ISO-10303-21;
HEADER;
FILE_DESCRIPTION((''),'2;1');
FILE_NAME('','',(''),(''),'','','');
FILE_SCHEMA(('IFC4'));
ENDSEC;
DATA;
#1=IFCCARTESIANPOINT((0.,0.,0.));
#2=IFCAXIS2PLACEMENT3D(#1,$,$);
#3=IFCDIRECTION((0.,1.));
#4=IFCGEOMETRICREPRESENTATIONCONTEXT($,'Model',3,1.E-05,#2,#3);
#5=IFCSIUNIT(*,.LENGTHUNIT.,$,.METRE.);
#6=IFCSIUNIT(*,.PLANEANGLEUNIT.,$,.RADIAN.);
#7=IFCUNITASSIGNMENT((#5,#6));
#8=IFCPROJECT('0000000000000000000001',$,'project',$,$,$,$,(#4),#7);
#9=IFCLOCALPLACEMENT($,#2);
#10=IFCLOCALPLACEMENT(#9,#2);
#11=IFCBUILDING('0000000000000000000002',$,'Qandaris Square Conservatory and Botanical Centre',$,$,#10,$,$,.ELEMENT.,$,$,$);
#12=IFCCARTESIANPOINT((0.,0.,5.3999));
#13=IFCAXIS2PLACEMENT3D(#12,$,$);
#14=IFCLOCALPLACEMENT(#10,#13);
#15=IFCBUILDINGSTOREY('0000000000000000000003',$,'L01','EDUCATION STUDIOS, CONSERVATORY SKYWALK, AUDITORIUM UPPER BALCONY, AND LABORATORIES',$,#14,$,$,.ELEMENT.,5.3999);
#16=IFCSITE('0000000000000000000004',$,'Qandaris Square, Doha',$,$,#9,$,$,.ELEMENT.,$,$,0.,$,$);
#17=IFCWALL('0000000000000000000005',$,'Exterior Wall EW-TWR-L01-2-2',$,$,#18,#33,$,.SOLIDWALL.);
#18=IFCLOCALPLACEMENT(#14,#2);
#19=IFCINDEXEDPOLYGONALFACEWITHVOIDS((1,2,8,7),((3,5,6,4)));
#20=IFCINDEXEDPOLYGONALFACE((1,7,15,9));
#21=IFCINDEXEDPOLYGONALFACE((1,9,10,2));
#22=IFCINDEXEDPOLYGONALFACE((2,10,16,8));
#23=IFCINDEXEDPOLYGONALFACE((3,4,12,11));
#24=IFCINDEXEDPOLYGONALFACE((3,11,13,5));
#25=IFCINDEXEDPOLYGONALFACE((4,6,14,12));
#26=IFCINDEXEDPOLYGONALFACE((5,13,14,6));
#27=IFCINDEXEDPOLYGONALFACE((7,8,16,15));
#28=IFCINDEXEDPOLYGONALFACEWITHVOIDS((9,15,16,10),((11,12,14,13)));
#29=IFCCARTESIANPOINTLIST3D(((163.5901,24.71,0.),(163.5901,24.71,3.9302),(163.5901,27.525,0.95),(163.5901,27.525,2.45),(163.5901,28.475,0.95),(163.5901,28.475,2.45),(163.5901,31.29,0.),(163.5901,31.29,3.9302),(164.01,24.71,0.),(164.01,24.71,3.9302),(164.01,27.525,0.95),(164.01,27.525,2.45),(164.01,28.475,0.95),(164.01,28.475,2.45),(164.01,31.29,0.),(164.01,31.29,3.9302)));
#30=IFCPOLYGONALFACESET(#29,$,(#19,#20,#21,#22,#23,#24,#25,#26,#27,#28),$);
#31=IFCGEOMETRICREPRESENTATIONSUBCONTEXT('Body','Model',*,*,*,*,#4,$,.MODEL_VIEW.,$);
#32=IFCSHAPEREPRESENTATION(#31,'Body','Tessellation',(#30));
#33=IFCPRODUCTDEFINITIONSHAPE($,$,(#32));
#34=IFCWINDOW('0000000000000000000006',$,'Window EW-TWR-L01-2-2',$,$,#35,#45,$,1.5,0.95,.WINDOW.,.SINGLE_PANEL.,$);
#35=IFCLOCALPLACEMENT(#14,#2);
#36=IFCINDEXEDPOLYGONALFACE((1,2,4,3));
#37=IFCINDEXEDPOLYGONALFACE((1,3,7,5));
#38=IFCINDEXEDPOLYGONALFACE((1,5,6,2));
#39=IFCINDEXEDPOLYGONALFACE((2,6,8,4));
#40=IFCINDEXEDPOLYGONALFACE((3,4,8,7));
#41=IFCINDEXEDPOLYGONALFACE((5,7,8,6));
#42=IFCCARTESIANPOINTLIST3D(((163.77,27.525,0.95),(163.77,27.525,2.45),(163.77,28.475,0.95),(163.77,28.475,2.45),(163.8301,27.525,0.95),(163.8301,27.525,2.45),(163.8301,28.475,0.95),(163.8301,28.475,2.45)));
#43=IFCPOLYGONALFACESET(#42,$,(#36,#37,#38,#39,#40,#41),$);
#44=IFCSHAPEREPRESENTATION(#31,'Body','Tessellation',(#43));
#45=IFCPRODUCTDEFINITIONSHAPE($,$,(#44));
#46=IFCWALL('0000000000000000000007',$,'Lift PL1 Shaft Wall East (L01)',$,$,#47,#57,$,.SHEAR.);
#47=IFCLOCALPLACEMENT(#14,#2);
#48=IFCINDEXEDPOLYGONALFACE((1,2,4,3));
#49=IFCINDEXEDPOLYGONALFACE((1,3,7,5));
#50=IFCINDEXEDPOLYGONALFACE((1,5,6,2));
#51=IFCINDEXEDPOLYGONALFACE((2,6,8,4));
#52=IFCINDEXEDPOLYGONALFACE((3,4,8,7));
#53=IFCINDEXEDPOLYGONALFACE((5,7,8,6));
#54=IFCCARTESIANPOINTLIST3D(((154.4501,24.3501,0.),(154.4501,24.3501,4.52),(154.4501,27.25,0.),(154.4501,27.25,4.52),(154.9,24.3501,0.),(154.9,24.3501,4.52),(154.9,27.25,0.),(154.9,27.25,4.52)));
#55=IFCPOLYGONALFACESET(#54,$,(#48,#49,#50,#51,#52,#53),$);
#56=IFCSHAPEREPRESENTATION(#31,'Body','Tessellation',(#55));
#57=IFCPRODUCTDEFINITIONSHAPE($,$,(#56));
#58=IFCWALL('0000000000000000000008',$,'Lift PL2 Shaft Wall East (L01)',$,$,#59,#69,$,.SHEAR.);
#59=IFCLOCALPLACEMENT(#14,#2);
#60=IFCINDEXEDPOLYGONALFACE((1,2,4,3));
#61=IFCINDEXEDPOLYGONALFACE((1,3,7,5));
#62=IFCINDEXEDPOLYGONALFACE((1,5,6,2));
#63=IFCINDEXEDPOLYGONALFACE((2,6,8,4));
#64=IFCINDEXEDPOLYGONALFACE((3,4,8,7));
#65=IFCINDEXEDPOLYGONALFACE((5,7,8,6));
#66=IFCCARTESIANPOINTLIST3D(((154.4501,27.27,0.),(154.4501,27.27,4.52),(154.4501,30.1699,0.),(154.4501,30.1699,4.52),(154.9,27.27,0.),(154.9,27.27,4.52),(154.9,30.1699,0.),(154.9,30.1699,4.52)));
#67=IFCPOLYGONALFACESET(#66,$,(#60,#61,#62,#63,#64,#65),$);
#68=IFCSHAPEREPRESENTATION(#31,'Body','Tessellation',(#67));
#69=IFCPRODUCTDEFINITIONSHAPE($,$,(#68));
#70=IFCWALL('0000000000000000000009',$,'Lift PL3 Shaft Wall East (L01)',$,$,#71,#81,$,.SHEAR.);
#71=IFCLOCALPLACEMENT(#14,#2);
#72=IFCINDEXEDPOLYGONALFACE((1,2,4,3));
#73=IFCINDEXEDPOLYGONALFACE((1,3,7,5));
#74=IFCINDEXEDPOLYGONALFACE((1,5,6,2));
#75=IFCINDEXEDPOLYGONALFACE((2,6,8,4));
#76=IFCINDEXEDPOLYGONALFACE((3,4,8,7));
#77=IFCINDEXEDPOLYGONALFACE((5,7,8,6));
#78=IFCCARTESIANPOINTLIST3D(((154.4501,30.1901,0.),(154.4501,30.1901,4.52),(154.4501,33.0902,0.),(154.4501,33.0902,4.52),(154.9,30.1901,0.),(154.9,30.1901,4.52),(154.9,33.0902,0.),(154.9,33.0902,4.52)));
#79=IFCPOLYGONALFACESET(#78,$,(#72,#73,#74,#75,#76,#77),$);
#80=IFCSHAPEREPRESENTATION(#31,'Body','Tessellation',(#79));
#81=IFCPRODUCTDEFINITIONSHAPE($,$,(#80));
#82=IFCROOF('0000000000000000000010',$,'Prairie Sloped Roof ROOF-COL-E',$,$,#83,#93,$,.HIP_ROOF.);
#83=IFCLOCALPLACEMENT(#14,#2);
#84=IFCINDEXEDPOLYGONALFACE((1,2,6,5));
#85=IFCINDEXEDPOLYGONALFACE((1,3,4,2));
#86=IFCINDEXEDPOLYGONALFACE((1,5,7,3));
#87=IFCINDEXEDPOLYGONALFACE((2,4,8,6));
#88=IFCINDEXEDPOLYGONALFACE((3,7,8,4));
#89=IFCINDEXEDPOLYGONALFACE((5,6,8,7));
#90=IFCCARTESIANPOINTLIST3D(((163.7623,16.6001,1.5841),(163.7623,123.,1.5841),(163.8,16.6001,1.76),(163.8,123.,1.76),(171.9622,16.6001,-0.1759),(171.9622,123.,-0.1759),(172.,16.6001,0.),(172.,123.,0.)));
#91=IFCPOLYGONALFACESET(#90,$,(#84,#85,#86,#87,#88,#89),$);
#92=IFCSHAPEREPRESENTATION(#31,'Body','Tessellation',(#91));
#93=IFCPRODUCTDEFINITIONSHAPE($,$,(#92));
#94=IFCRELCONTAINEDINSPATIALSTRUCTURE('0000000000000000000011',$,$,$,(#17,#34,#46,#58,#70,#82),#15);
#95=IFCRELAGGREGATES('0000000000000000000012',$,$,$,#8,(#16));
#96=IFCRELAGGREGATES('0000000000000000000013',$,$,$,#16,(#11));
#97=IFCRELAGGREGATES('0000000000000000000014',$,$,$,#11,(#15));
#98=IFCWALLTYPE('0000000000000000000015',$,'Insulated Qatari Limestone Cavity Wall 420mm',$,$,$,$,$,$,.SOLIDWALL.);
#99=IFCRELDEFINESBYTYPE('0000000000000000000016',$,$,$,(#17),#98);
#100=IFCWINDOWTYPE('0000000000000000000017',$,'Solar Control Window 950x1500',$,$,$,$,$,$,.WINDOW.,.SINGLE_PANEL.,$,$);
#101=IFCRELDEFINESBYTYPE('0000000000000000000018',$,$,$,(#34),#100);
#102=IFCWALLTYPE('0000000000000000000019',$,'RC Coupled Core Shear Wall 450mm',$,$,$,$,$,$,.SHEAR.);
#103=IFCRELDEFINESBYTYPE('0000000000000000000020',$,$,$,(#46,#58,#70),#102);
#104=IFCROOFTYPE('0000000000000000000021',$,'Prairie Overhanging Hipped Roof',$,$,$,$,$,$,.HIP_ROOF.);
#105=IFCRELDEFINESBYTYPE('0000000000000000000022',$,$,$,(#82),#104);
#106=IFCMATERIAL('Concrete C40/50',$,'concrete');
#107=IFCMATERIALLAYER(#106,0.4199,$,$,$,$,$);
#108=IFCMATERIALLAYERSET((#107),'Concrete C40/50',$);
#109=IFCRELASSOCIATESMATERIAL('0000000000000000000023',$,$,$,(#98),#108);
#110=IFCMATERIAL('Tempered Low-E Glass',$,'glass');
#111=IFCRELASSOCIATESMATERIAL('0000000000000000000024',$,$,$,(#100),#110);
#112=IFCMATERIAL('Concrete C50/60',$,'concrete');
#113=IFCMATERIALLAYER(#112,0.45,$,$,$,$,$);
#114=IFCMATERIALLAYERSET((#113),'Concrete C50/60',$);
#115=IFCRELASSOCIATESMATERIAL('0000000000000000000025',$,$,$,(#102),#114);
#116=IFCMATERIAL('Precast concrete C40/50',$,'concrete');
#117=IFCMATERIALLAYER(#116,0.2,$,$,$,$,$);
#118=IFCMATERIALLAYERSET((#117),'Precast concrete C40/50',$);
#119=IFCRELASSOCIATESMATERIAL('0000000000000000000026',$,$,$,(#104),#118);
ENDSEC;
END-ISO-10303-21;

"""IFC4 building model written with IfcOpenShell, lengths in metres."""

from ifc_helpers import new_model, si_unit, direction, frame, frame_2d, origin, place, context, subcontext, project, spatial, polyline, rectangle, outline, extrude, material, layer, layer_set, type_object, element, fill, save


model = new_model("IFC4")

# Units and contexts
model_context = context("Model", 3, precision=1e-05, world=origin(), true_north=direction((0.0, 1.0)))
body_context = subcontext(model_context, "Body", "Model", "MODEL_VIEW")
ifc_project = project(units=[si_unit("LENGTHUNIT", "METRE"), si_unit("PLANEANGLEUNIT", "RADIAN")], contexts=[model_context])

# Site, building, storey
site_placement = place(None, origin())
site = spatial("IfcSite", under=ifc_project, at=site_placement, Name="Qandaris Square, Doha", CompositionType="ELEMENT", RefElevation=0.0)
building_placement = place(site_placement, origin())
building = spatial("IfcBuilding", under=site, at=building_placement, Name="Qandaris Square Conservatory and Botanical Centre", CompositionType="ELEMENT")
storey_placement = place(building_placement, frame((0.0, 0.0, 5.3999)))
storey = spatial("IfcBuildingStorey", under=building, at=storey_placement, Name="L01", Description="EDUCATION STUDIOS, CONSERVATORY SKYWALK, AUDITORIUM UPPER BALCONY, AND LABORATORIES", CompositionType="ELEMENT", Elevation=5.3999)

# Shared definitions
ifc_material_1 = material(Name="Concrete C50/60", Category="concrete")

# Shared definitions
ifc_material_2 = material(Name="Precast concrete C40/50", Category="concrete")

# Wall, opening, window
ifc_material_3 = material(Name="Concrete C40/50", Category="concrete")
ifc_layer_1 = layer(ifc_material_3, 0.4199)
ifc_layer_set_1 = layer_set([ifc_layer_1], Name="Concrete C40/50")
wall_type_1 = type_object("IfcWallType", Name="Insulated Qatari Limestone Cavity Wall 420mm", PredefinedType="SOLIDWALL", material=ifc_layer_set_1)
ifc_material_4 = material(Name="Tempered Low-E Glass", Category="glass")
wall_1_placement = place(storey_placement, frame((163.8, 24.71, 0.0), z_axis=(0.0, 0.0, 1.0), x_axis=(0.0, 1.0, 0.0)))
wall_1 = element("IfcWall", 1, at=wall_1_placement, inside=storey, type_object=wall_type_1, Name="Exterior Wall EW-TWR-L01-2-2", PredefinedType="SOLIDWALL", context=body_context, shape_type="SweptSolid", body=[
    extrude(rectangle(XDim=6.5801, YDim=0.4199, at=frame_2d((3.29, 0.0))), origin(), (0.0, 0.0, 1.0), 3.9302),
])
opening_1_placement = place(wall_1_placement, frame((2.8149, 0.0, 0.95)))
opening_1 = element("IfcOpeningElement", 2, at=opening_1_placement, cuts=wall_1, PredefinedType="OPENING", context=body_context, shape_type="SweptSolid", body=[
    extrude(rectangle(XDim=0.95, YDim=1.5, at=frame_2d((0.4751, 0.75))), frame((0.0, 0.2219, 0.0), z_axis=(0.0, -1.0, 0.0), x_axis=(1.0, 0.0, 0.0)), (0.0, 0.0, 1.0), 0.4438),
])
window_type_1 = type_object("IfcWindowType", Name="Solar Control Window 950x1500", PartitioningType="SINGLE_PANEL", PredefinedType="WINDOW", material=ifc_material_4)
window_1_placement = place(opening_1_placement, origin())
window_1 = element("IfcWindow", 3, at=window_1_placement, inside=storey, type_object=window_type_1, Name="Window EW-TWR-L01-2-2", OverallHeight=1.5, OverallWidth=0.95, PartitioningType="SINGLE_PANEL", PredefinedType="WINDOW", context=body_context, shape_type="SweptSolid", body=[
    extrude(rectangle(XDim=0.95, YDim=1.5, at=frame_2d((0.4751, 0.75))), frame((0.0, 0.03, 0.0), z_axis=(0.0, -1.0, 0.0), x_axis=(1.0, 0.0, 0.0)), (0.0, 0.0, 1.0), 0.0601),
])
fill(opening_1, window_1)

# Walls
ifc_layer_2 = layer(ifc_material_1, 0.45)
ifc_layer_set_2 = layer_set([ifc_layer_2], Name="Concrete C50/60")
wall_type_2 = type_object("IfcWallType", Name="RC Coupled Core Shear Wall 450mm", PredefinedType="SHEAR", material=ifc_layer_set_2)
for number, where, z_axis, x_axis, name in (
    (4, (154.675, 24.3501, 0.0), (0.0, 0.0, 1.0), (0.0, 1.0, 0.0), "Lift PL1 Shaft Wall East (L01)"),
    (5, (154.675, 27.27, 0.0), (0.0, 0.0, 1.0), (0.0, 1.0, 0.0), "Lift PL2 Shaft Wall East (L01)"),
):
    element("IfcWall", number, at=place(storey_placement, frame(where, z_axis=z_axis, x_axis=x_axis)), inside=storey, type_object=wall_type_2, Name=name, PredefinedType="SHEAR", context=body_context, shape_type="SweptSolid", body=[
        extrude(rectangle(XDim=2.8999, YDim=0.45, at=frame_2d((1.45, 0.0))), origin(), (0.0, 0.0, 1.0), 4.52),
    ])
wall_2_placement = place(storey_placement, frame((154.675, 30.1899, 0.0), z_axis=(0.0, 0.0, 1.0), x_axis=(0.0, 1.0, 0.0)))
element("IfcWall", 6, at=wall_2_placement, inside=storey, type_object=wall_type_2, Name="Lift PL3 Shaft Wall East (L01)", PredefinedType="SHEAR", context=body_context, shape_type="SweptSolid", body=[
    extrude(rectangle(XDim=2.9001, YDim=0.45, at=frame_2d((1.4502, 0.0))), origin(), (0.0, 0.0, 1.0), 4.52),
])

# Roof
ifc_layer_3 = layer(ifc_material_2, 0.2)
ifc_layer_set_3 = layer_set([ifc_layer_3], Name="Precast concrete C40/50")
roof_type = type_object("IfcRoofType", Name="Prairie Overhanging Hipped Roof", PredefinedType="HIP_ROOF", material=ifc_layer_set_3)
roof_placement = place(storey_placement, frame((172.0, 16.6001, 0.0), z_axis=(0.209857, 0.0, 0.977732), x_axis=(0.0, 1.0, 0.0)))
element("IfcRoof", 7, at=roof_placement, inside=storey, type_object=roof_type, Name="Prairie Sloped Roof ROOF-COL-E", PredefinedType="HIP_ROOF", context=body_context, shape_type="SweptSolid", body=[
    extrude(outline(polyline([(0.0, 0.0), (106.3999, 0.0), (106.3999, 8.3867), (0.0, 8.3867), (0.0, 0.0)])), origin(), (0.0, 0.0, -1.0), 0.1799),
])

save(model, "model.ifc")
